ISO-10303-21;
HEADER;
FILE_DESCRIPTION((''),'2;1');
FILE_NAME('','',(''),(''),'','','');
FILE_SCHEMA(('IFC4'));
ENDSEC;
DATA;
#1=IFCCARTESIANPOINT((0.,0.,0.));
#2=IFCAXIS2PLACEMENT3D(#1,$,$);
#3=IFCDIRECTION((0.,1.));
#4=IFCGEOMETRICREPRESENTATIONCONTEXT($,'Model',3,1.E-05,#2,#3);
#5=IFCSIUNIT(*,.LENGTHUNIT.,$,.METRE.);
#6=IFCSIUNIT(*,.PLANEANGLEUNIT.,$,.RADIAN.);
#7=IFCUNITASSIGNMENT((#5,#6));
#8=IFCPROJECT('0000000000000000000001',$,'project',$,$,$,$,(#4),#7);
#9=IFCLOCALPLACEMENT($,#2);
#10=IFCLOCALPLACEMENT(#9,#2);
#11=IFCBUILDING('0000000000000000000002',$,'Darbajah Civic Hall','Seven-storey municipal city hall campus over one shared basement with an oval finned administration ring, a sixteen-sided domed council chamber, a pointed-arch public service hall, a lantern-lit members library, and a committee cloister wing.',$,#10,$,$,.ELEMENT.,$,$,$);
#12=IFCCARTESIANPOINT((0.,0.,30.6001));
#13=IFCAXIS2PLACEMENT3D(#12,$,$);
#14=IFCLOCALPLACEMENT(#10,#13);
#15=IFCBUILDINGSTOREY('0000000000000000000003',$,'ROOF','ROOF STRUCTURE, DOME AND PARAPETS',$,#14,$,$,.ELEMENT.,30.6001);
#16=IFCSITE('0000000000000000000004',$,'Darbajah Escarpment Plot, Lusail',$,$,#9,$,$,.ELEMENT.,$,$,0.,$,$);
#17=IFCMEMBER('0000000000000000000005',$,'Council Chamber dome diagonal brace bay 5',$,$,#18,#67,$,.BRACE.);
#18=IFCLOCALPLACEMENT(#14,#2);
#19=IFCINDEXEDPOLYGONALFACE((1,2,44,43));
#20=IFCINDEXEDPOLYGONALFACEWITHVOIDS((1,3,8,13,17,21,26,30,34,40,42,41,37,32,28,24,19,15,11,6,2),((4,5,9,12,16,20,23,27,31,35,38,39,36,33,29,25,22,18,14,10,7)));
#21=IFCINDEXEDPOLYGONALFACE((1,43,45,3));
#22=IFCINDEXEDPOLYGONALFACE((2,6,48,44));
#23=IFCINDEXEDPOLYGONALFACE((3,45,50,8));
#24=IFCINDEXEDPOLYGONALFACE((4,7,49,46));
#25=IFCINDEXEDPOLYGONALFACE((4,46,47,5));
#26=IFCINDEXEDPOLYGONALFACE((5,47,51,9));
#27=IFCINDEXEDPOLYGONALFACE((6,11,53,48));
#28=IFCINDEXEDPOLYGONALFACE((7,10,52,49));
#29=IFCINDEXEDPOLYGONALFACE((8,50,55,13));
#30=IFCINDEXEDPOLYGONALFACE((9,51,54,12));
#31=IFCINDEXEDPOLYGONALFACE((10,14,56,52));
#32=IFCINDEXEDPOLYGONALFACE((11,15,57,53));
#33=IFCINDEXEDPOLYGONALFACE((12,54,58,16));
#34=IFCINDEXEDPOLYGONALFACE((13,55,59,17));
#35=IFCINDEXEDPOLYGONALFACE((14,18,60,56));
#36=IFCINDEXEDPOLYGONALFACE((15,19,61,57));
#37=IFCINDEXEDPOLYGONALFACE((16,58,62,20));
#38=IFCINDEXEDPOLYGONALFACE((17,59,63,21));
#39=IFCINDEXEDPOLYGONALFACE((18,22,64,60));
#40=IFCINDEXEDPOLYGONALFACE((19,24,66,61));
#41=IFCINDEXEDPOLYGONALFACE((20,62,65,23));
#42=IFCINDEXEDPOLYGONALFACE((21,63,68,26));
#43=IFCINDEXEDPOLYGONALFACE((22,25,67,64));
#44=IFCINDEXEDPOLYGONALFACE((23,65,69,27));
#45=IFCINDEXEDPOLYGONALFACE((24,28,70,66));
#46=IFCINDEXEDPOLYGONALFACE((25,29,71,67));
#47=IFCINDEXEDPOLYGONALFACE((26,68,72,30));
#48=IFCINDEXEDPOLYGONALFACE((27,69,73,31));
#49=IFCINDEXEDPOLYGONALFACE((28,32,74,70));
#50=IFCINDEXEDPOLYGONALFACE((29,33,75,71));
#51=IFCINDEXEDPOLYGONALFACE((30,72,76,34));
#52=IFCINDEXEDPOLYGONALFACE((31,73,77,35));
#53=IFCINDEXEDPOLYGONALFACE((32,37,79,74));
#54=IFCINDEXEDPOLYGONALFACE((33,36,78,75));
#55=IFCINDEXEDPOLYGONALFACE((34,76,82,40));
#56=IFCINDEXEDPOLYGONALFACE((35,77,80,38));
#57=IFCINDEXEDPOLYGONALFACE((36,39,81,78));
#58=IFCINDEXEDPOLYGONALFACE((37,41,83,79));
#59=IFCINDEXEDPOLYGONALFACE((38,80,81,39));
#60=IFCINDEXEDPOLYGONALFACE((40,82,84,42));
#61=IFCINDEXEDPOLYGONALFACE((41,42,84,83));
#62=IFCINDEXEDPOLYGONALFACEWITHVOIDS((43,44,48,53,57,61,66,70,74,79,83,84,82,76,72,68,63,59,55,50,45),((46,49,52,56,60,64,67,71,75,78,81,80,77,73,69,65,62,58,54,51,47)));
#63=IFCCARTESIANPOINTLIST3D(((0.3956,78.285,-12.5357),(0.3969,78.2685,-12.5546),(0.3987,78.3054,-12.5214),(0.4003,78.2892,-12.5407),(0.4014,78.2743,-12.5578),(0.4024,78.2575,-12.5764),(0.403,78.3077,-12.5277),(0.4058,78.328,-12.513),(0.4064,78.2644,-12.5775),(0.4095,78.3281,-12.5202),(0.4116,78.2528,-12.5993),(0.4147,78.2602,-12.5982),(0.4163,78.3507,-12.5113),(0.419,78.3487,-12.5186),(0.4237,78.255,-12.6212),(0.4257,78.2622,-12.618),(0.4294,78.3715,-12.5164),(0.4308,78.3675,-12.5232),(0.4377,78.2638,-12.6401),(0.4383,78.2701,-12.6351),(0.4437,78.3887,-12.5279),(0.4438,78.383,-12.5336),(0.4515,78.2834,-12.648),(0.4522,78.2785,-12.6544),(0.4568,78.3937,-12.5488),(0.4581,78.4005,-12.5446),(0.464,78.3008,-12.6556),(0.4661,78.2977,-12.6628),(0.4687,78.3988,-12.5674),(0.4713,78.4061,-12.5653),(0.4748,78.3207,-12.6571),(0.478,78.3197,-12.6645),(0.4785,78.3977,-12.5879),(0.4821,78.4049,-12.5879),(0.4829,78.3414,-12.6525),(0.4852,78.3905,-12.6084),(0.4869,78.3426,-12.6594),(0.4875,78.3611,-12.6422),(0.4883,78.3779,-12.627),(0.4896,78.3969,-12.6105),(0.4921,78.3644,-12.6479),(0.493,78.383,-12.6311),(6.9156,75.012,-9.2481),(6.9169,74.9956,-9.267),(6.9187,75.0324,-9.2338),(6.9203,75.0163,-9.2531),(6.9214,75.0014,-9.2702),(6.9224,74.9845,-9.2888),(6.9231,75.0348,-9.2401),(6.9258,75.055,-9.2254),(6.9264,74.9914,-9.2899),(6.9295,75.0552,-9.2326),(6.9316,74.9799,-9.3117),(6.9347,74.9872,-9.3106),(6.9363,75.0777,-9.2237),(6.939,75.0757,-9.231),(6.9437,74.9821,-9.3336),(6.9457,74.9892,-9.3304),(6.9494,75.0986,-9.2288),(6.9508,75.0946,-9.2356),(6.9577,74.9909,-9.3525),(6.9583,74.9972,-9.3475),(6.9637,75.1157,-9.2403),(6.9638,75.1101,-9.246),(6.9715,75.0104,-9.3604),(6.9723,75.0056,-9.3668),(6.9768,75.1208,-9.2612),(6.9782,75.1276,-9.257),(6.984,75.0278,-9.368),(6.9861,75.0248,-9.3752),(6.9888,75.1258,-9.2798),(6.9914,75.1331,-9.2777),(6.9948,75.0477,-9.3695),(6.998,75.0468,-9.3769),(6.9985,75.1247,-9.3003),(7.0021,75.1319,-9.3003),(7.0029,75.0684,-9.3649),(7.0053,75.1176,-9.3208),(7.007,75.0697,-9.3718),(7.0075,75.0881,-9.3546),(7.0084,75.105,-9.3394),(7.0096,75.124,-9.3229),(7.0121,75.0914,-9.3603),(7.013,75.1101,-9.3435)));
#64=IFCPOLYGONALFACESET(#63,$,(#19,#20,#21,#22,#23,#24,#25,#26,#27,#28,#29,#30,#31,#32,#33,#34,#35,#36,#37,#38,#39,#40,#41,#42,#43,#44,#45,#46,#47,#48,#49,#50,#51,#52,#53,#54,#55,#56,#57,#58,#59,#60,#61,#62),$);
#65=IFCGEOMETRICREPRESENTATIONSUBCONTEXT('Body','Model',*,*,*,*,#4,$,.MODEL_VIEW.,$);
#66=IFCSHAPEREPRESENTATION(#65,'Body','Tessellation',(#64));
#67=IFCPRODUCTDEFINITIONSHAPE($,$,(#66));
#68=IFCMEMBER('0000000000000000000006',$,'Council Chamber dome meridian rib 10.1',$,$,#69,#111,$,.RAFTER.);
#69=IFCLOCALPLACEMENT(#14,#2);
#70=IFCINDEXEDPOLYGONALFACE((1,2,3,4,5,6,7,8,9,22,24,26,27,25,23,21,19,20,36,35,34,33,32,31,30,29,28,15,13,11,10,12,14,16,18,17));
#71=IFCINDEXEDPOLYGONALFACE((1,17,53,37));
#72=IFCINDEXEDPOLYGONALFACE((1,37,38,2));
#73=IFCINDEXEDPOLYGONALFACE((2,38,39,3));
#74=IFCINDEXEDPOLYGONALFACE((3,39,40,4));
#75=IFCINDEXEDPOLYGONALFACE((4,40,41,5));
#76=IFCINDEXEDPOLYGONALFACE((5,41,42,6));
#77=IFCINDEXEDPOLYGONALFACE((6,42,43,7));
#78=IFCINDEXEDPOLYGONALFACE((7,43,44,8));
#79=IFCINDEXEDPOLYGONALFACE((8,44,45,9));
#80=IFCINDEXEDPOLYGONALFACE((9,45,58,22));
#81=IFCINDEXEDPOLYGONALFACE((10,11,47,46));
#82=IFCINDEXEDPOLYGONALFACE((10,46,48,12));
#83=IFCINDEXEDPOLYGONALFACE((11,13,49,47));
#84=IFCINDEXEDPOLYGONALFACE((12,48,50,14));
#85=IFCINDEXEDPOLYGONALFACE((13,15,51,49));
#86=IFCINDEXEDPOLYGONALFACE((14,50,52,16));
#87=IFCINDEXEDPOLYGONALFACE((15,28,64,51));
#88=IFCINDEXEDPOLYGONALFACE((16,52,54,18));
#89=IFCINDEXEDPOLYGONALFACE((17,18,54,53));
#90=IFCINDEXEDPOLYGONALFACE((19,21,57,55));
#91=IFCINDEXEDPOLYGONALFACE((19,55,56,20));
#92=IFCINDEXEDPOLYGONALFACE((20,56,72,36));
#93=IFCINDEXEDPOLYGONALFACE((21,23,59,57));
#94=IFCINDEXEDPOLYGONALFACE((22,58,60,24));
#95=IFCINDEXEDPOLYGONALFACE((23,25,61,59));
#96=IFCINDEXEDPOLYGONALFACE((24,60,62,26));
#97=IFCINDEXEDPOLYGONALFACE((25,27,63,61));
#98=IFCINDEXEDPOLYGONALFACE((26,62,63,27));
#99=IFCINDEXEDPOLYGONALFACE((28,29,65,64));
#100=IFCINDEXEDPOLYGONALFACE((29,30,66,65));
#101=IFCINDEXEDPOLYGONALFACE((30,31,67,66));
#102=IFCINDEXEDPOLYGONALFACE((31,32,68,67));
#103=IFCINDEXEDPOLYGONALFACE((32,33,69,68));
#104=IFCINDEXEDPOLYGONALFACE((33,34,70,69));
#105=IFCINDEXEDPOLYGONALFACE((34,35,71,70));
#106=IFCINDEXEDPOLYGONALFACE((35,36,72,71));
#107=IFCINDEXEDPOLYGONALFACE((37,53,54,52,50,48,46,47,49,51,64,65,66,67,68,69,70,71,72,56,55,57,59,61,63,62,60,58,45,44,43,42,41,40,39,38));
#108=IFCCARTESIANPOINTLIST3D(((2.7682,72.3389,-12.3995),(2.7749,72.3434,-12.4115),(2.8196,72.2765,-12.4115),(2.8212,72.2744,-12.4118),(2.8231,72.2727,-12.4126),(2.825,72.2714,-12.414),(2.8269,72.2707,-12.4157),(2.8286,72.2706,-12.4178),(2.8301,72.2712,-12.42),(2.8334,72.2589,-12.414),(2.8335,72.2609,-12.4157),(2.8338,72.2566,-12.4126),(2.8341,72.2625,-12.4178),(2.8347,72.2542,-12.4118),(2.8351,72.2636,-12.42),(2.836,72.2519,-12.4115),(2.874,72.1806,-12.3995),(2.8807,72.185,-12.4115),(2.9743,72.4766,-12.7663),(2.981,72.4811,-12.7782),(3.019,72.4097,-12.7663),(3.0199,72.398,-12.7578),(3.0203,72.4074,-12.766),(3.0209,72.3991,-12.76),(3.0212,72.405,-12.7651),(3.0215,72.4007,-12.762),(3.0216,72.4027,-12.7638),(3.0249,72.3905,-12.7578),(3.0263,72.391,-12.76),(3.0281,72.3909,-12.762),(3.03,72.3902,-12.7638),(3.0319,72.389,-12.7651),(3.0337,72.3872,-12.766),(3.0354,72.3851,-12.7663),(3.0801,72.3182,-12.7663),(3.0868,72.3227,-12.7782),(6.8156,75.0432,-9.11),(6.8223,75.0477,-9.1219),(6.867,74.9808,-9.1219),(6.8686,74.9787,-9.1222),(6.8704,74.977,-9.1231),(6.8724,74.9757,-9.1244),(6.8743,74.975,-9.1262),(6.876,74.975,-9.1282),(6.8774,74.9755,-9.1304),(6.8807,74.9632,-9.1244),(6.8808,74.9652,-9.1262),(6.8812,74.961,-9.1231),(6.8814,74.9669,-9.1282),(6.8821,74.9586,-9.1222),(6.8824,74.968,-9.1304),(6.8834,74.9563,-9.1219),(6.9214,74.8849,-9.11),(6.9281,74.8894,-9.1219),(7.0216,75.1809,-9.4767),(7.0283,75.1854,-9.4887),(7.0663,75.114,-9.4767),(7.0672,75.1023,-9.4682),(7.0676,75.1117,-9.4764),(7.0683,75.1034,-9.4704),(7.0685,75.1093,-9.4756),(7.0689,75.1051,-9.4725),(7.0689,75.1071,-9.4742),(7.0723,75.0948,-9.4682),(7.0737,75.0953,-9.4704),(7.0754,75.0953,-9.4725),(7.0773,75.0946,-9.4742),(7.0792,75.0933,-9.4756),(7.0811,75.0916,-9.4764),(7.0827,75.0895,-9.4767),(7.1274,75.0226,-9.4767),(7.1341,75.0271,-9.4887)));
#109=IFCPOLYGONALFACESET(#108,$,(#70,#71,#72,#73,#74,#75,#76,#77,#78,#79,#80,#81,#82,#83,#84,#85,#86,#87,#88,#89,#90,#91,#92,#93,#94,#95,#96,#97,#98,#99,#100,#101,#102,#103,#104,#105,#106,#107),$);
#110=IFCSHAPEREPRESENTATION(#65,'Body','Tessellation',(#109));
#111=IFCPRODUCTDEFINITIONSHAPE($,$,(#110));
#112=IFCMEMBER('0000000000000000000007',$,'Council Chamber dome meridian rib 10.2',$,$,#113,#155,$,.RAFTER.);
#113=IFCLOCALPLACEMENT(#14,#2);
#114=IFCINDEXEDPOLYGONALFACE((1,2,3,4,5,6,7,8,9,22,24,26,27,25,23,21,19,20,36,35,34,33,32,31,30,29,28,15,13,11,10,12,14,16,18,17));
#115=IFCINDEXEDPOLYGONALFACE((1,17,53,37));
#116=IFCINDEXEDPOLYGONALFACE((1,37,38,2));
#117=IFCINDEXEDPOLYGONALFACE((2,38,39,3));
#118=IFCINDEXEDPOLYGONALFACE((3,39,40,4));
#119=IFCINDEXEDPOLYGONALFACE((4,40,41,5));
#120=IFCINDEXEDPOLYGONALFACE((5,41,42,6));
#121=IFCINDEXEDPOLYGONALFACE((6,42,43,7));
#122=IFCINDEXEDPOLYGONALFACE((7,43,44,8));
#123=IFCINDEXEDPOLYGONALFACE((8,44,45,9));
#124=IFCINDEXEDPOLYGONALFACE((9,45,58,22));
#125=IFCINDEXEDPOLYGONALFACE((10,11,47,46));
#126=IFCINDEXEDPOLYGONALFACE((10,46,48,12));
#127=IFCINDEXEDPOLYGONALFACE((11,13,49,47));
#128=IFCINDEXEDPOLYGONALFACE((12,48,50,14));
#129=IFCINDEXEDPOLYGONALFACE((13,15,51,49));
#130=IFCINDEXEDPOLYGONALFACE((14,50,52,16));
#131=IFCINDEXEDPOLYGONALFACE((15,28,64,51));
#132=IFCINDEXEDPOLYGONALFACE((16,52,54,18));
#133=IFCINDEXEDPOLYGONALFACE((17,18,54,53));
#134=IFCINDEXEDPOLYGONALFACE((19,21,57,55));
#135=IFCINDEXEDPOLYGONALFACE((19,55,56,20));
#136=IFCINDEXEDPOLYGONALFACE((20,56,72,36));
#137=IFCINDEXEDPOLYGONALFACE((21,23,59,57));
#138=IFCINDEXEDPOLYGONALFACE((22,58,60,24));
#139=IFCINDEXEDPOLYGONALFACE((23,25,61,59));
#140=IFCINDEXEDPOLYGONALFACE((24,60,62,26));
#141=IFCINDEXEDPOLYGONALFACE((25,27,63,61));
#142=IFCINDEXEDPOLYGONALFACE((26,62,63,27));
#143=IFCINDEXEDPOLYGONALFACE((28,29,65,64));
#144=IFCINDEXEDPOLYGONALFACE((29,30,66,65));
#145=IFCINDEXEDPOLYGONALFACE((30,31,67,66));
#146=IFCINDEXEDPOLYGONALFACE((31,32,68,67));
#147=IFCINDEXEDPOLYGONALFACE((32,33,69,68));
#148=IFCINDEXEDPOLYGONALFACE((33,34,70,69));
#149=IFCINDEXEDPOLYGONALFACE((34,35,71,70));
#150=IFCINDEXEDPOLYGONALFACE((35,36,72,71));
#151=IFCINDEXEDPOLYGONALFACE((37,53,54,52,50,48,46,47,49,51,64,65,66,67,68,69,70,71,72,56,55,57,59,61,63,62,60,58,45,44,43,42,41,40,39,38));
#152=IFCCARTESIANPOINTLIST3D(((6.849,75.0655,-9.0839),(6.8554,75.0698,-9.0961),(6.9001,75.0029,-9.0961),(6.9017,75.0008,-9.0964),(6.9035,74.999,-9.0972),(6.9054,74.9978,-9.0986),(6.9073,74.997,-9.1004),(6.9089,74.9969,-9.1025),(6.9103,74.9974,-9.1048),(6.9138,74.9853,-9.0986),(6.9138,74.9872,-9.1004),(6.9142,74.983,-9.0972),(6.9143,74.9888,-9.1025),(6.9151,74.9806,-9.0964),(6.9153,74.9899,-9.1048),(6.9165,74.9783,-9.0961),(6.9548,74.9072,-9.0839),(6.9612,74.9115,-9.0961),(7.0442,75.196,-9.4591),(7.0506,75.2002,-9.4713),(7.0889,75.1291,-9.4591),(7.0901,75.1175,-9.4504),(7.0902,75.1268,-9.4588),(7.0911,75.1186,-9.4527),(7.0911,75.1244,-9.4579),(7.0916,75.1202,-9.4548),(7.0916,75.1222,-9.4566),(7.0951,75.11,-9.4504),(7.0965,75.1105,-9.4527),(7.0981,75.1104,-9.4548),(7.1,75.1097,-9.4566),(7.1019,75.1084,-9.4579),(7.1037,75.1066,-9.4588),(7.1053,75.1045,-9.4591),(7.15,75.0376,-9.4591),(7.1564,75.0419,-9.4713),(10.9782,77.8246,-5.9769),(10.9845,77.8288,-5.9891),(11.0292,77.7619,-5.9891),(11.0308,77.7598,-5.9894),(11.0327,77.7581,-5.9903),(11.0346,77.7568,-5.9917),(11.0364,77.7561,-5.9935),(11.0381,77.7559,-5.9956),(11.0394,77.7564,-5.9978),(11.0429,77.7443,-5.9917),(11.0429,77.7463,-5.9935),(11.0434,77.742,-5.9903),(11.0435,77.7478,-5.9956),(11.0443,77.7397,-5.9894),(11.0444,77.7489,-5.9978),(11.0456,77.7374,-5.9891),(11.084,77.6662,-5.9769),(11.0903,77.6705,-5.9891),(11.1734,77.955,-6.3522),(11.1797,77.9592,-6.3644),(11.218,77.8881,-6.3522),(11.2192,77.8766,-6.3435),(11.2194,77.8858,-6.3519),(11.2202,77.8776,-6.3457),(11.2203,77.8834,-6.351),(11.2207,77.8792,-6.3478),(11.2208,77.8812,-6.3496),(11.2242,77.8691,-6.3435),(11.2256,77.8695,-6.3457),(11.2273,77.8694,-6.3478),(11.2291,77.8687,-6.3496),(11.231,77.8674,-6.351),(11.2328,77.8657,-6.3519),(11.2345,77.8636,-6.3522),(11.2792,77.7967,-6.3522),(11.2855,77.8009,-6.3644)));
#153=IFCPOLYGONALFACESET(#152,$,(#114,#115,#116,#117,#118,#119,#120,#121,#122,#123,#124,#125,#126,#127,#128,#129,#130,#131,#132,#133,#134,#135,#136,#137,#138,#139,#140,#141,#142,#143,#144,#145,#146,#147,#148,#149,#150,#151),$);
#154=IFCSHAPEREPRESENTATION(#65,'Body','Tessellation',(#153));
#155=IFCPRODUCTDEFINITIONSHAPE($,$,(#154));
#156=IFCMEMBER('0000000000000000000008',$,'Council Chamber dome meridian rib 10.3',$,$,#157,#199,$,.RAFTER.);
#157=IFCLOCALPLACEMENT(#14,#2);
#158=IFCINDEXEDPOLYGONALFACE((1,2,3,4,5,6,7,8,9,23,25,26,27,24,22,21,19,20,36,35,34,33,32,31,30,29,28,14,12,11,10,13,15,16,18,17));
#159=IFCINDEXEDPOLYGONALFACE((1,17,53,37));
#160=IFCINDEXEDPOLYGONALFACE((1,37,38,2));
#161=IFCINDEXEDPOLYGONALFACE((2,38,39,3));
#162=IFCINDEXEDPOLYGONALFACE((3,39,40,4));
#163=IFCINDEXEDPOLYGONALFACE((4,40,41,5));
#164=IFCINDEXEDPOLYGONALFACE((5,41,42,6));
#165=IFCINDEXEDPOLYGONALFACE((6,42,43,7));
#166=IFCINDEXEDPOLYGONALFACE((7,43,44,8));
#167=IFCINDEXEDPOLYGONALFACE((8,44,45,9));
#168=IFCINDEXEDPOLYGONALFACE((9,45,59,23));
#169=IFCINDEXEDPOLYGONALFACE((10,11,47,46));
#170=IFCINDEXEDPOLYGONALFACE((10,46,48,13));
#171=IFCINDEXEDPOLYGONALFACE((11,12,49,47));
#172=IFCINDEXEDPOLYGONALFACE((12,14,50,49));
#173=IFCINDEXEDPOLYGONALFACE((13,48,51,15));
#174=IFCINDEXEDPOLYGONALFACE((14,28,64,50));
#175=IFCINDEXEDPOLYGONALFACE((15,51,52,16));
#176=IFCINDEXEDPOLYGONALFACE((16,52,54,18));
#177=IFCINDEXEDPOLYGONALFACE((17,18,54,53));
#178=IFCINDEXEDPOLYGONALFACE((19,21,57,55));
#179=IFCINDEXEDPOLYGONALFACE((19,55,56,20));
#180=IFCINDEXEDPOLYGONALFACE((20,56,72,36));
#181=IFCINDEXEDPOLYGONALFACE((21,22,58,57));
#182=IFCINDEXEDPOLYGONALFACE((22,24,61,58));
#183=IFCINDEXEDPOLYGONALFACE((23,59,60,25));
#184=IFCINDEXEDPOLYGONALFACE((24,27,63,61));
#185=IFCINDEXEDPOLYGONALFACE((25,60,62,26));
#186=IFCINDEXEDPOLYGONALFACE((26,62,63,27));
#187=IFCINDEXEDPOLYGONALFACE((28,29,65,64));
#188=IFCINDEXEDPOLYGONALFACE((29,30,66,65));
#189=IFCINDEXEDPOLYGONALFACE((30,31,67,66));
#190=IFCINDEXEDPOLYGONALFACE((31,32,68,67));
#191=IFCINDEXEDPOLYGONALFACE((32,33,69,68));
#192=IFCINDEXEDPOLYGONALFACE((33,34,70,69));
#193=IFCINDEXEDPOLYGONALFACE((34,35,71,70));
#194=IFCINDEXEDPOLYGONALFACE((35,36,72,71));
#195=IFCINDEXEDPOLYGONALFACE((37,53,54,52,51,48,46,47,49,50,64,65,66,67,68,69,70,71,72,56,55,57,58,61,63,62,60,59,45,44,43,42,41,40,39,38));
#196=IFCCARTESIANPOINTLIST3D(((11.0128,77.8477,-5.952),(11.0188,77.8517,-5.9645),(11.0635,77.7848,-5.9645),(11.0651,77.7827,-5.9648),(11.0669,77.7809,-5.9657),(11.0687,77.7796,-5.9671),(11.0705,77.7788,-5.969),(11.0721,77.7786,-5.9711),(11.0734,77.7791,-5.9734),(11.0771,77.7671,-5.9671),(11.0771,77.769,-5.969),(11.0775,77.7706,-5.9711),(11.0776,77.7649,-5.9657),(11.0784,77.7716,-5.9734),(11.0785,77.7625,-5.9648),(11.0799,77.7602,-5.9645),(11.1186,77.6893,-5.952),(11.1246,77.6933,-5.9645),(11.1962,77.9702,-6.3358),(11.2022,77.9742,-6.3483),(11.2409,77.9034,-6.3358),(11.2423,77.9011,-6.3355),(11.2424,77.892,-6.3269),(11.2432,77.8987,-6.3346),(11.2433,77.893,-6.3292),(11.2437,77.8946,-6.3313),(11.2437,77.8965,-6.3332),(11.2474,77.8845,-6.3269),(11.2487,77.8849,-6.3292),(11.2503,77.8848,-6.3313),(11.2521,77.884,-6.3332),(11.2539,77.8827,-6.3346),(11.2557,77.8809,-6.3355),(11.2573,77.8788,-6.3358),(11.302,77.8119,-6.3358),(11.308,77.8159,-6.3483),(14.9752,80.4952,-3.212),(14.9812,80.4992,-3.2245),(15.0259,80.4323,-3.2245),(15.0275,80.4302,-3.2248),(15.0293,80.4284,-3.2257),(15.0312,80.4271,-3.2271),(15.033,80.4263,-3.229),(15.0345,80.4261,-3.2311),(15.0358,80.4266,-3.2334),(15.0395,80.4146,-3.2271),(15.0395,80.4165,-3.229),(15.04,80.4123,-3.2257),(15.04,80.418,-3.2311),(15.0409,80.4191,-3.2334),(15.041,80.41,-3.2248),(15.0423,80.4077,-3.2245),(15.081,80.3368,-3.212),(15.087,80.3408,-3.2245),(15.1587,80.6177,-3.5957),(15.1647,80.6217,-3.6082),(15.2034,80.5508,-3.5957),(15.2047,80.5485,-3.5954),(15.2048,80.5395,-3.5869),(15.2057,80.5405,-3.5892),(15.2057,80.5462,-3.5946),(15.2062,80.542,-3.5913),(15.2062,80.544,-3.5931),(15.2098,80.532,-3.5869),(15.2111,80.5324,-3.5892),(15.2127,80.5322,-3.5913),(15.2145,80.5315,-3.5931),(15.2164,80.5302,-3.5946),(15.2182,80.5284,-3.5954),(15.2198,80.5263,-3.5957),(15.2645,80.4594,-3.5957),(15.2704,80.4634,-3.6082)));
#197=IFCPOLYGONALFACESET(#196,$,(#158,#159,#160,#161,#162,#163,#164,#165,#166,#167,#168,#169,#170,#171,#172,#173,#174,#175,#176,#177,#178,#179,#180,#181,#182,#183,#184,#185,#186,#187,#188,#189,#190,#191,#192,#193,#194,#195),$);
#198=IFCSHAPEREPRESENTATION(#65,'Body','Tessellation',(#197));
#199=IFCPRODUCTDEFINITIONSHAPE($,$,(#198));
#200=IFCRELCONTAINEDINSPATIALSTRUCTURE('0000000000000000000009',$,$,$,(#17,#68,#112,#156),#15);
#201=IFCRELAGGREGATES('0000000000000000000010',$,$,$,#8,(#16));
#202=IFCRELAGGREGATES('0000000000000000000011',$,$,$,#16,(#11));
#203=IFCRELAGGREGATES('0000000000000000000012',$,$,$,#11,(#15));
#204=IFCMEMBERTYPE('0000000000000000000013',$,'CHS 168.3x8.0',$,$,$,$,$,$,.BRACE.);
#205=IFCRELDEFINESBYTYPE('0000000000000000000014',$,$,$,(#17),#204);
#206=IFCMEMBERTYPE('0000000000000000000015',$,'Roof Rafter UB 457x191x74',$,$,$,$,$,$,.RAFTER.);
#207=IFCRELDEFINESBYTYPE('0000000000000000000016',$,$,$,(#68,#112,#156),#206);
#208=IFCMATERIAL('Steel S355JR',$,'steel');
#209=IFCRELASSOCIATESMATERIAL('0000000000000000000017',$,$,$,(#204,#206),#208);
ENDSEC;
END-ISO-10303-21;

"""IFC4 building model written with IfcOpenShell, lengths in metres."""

from ifc_helpers import new_model, si_unit, direction, frame, origin, origin_2d, place, context, subcontext, project, spatial, hollow_circle, i_section, extrude, material, material_profile, profile_set, type_object, element, save


model = new_model("IFC4")

# Units and contexts
model_context = context("Model", 3, precision=1e-05, world=origin(), true_north=direction((0.0, 1.0)))
body_context = subcontext(model_context, "Body", "Model", "MODEL_VIEW")
ifc_project = project(units=[si_unit("LENGTHUNIT", "METRE"), si_unit("PLANEANGLEUNIT", "RADIAN")], contexts=[model_context])

# Site, building, storey
site_placement = place(None, origin())
site = spatial("IfcSite", under=ifc_project, at=site_placement, Name="Darbajah Escarpment Plot, Lusail", CompositionType="ELEMENT", RefElevation=0.0)
building_placement = place(site_placement, origin())
building = spatial("IfcBuilding", under=site, at=building_placement, Name="Darbajah Civic Hall", Description="Seven-storey municipal city hall campus over one shared basement with an oval finned administration ring, a sixteen-sided domed council chamber, a pointed-arch public service hall, a lantern-lit members library, and a committee cloister wing.", CompositionType="ELEMENT")
storey_placement = place(building_placement, frame((0.0, 0.0, 30.6001)))
storey = spatial("IfcBuildingStorey", under=building, at=storey_placement, Name="ROOF", Description="ROOF STRUCTURE, DOME AND PARAPETS", CompositionType="ELEMENT", Elevation=30.6001)

# Members
ifc_material = material(Name="Steel S355JR", Category="steel")
ifc_material_profile_1 = material_profile(ifc_material, hollow_circle(Radius=0.0842, WallThickness=0.0081, at=origin_2d()), Name="CHS 168.3x8.0")
ifc_profile_set_1 = profile_set([ifc_material_profile_1], Name="Steel S355JR")
member_type_1 = type_object("IfcMemberType", Name="CHS 168.3x8.0", PredefinedType="BRACE", material=ifc_profile_set_1)
member_1_placement = place(storey_placement, frame((0.4443, 78.3296, -12.5879), z_axis=(0.814804, -0.409019, 0.41085), x_axis=(0.448632, 0.893717, 0.0)))
element("IfcMember", 1, at=member_1_placement, inside=storey, type_object=member_type_1, Name="Council Chamber dome diagonal brace bay 5", PredefinedType="BRACE", context=body_context, shape_type="SweptSolid", body=[
    extrude(hollow_circle(Radius=0.0842, WallThickness=0.0081, at=origin_2d()), origin(), (0.0, 0.0, 1.0), 8.002),
])
ifc_material_profile_2 = material_profile(ifc_material, i_section(OverallWidth=0.1904, OverallDepth=0.457, WebThickness=0.009, FlangeThickness=0.0144, FilletRadius=0.0103, at=origin_2d()), Name="UB 457x191x74")
ifc_profile_set_2 = profile_set([ifc_material_profile_2], Name="Steel S355JR")
member_type_2 = type_object("IfcMemberType", Name="Roof Rafter UB 457x191x74", PredefinedType="RAFTER", material=ifc_profile_set_2)
member_2_placement = place(storey_placement, frame((2.9275, 72.3308, -12.5889), z_axis=(0.688911, 0.460313, 0.559922), x_axis=(-0.555568, 0.831471, 0.0)))
element("IfcMember", 2, at=member_2_placement, inside=storey, type_object=member_type_2, Name="Council Chamber dome meridian rib 10.1", PredefinedType="RAFTER", context=body_context, shape_type="SweptSolid", body=[
    extrude(i_section(OverallWidth=0.1904, OverallDepth=0.457, WebThickness=0.009, FlangeThickness=0.0144, FilletRadius=0.0103, at=origin_2d()), origin(), (0.0, 0.0, 1.0), 5.875),
])
member_3_placement = place(storey_placement, frame((7.0027, 75.0537, -9.2776), z_axis=(0.704884, 0.470992, 0.530382), x_axis=(-0.555573, 0.831467, 0.0)))
element("IfcMember", 3, at=member_3_placement, inside=storey, type_object=member_type_2, Name="Council Chamber dome meridian rib 10.2", PredefinedType="RAFTER", context=body_context, shape_type="SweptSolid", body=[
    extrude(i_section(OverallWidth=0.1904, OverallDepth=0.457, WebThickness=0.009, FlangeThickness=0.0144, FilletRadius=0.0103, at=origin_2d()), origin(), (0.0, 0.0, 1.0), 5.8579),
])
member_4_placement = place(storey_placement, frame((11.1604, 77.8318, -6.1501), z_axis=(0.720827, 0.481617, 0.49845), x_axis=(-0.555551, 0.831482, 0.0)))
element("IfcMember", 4, at=member_4_placement, inside=storey, type_object=member_type_2, Name="Council Chamber dome meridian rib 10.3", PredefinedType="RAFTER", context=body_context, shape_type="SweptSolid", body=[
    extrude(i_section(OverallWidth=0.1904, OverallDepth=0.457, WebThickness=0.009, FlangeThickness=0.0144, FilletRadius=0.0103, at=origin_2d()), origin(), (0.0, 0.0, 1.0), 5.4971),
])

save(model, "model.ifc")
